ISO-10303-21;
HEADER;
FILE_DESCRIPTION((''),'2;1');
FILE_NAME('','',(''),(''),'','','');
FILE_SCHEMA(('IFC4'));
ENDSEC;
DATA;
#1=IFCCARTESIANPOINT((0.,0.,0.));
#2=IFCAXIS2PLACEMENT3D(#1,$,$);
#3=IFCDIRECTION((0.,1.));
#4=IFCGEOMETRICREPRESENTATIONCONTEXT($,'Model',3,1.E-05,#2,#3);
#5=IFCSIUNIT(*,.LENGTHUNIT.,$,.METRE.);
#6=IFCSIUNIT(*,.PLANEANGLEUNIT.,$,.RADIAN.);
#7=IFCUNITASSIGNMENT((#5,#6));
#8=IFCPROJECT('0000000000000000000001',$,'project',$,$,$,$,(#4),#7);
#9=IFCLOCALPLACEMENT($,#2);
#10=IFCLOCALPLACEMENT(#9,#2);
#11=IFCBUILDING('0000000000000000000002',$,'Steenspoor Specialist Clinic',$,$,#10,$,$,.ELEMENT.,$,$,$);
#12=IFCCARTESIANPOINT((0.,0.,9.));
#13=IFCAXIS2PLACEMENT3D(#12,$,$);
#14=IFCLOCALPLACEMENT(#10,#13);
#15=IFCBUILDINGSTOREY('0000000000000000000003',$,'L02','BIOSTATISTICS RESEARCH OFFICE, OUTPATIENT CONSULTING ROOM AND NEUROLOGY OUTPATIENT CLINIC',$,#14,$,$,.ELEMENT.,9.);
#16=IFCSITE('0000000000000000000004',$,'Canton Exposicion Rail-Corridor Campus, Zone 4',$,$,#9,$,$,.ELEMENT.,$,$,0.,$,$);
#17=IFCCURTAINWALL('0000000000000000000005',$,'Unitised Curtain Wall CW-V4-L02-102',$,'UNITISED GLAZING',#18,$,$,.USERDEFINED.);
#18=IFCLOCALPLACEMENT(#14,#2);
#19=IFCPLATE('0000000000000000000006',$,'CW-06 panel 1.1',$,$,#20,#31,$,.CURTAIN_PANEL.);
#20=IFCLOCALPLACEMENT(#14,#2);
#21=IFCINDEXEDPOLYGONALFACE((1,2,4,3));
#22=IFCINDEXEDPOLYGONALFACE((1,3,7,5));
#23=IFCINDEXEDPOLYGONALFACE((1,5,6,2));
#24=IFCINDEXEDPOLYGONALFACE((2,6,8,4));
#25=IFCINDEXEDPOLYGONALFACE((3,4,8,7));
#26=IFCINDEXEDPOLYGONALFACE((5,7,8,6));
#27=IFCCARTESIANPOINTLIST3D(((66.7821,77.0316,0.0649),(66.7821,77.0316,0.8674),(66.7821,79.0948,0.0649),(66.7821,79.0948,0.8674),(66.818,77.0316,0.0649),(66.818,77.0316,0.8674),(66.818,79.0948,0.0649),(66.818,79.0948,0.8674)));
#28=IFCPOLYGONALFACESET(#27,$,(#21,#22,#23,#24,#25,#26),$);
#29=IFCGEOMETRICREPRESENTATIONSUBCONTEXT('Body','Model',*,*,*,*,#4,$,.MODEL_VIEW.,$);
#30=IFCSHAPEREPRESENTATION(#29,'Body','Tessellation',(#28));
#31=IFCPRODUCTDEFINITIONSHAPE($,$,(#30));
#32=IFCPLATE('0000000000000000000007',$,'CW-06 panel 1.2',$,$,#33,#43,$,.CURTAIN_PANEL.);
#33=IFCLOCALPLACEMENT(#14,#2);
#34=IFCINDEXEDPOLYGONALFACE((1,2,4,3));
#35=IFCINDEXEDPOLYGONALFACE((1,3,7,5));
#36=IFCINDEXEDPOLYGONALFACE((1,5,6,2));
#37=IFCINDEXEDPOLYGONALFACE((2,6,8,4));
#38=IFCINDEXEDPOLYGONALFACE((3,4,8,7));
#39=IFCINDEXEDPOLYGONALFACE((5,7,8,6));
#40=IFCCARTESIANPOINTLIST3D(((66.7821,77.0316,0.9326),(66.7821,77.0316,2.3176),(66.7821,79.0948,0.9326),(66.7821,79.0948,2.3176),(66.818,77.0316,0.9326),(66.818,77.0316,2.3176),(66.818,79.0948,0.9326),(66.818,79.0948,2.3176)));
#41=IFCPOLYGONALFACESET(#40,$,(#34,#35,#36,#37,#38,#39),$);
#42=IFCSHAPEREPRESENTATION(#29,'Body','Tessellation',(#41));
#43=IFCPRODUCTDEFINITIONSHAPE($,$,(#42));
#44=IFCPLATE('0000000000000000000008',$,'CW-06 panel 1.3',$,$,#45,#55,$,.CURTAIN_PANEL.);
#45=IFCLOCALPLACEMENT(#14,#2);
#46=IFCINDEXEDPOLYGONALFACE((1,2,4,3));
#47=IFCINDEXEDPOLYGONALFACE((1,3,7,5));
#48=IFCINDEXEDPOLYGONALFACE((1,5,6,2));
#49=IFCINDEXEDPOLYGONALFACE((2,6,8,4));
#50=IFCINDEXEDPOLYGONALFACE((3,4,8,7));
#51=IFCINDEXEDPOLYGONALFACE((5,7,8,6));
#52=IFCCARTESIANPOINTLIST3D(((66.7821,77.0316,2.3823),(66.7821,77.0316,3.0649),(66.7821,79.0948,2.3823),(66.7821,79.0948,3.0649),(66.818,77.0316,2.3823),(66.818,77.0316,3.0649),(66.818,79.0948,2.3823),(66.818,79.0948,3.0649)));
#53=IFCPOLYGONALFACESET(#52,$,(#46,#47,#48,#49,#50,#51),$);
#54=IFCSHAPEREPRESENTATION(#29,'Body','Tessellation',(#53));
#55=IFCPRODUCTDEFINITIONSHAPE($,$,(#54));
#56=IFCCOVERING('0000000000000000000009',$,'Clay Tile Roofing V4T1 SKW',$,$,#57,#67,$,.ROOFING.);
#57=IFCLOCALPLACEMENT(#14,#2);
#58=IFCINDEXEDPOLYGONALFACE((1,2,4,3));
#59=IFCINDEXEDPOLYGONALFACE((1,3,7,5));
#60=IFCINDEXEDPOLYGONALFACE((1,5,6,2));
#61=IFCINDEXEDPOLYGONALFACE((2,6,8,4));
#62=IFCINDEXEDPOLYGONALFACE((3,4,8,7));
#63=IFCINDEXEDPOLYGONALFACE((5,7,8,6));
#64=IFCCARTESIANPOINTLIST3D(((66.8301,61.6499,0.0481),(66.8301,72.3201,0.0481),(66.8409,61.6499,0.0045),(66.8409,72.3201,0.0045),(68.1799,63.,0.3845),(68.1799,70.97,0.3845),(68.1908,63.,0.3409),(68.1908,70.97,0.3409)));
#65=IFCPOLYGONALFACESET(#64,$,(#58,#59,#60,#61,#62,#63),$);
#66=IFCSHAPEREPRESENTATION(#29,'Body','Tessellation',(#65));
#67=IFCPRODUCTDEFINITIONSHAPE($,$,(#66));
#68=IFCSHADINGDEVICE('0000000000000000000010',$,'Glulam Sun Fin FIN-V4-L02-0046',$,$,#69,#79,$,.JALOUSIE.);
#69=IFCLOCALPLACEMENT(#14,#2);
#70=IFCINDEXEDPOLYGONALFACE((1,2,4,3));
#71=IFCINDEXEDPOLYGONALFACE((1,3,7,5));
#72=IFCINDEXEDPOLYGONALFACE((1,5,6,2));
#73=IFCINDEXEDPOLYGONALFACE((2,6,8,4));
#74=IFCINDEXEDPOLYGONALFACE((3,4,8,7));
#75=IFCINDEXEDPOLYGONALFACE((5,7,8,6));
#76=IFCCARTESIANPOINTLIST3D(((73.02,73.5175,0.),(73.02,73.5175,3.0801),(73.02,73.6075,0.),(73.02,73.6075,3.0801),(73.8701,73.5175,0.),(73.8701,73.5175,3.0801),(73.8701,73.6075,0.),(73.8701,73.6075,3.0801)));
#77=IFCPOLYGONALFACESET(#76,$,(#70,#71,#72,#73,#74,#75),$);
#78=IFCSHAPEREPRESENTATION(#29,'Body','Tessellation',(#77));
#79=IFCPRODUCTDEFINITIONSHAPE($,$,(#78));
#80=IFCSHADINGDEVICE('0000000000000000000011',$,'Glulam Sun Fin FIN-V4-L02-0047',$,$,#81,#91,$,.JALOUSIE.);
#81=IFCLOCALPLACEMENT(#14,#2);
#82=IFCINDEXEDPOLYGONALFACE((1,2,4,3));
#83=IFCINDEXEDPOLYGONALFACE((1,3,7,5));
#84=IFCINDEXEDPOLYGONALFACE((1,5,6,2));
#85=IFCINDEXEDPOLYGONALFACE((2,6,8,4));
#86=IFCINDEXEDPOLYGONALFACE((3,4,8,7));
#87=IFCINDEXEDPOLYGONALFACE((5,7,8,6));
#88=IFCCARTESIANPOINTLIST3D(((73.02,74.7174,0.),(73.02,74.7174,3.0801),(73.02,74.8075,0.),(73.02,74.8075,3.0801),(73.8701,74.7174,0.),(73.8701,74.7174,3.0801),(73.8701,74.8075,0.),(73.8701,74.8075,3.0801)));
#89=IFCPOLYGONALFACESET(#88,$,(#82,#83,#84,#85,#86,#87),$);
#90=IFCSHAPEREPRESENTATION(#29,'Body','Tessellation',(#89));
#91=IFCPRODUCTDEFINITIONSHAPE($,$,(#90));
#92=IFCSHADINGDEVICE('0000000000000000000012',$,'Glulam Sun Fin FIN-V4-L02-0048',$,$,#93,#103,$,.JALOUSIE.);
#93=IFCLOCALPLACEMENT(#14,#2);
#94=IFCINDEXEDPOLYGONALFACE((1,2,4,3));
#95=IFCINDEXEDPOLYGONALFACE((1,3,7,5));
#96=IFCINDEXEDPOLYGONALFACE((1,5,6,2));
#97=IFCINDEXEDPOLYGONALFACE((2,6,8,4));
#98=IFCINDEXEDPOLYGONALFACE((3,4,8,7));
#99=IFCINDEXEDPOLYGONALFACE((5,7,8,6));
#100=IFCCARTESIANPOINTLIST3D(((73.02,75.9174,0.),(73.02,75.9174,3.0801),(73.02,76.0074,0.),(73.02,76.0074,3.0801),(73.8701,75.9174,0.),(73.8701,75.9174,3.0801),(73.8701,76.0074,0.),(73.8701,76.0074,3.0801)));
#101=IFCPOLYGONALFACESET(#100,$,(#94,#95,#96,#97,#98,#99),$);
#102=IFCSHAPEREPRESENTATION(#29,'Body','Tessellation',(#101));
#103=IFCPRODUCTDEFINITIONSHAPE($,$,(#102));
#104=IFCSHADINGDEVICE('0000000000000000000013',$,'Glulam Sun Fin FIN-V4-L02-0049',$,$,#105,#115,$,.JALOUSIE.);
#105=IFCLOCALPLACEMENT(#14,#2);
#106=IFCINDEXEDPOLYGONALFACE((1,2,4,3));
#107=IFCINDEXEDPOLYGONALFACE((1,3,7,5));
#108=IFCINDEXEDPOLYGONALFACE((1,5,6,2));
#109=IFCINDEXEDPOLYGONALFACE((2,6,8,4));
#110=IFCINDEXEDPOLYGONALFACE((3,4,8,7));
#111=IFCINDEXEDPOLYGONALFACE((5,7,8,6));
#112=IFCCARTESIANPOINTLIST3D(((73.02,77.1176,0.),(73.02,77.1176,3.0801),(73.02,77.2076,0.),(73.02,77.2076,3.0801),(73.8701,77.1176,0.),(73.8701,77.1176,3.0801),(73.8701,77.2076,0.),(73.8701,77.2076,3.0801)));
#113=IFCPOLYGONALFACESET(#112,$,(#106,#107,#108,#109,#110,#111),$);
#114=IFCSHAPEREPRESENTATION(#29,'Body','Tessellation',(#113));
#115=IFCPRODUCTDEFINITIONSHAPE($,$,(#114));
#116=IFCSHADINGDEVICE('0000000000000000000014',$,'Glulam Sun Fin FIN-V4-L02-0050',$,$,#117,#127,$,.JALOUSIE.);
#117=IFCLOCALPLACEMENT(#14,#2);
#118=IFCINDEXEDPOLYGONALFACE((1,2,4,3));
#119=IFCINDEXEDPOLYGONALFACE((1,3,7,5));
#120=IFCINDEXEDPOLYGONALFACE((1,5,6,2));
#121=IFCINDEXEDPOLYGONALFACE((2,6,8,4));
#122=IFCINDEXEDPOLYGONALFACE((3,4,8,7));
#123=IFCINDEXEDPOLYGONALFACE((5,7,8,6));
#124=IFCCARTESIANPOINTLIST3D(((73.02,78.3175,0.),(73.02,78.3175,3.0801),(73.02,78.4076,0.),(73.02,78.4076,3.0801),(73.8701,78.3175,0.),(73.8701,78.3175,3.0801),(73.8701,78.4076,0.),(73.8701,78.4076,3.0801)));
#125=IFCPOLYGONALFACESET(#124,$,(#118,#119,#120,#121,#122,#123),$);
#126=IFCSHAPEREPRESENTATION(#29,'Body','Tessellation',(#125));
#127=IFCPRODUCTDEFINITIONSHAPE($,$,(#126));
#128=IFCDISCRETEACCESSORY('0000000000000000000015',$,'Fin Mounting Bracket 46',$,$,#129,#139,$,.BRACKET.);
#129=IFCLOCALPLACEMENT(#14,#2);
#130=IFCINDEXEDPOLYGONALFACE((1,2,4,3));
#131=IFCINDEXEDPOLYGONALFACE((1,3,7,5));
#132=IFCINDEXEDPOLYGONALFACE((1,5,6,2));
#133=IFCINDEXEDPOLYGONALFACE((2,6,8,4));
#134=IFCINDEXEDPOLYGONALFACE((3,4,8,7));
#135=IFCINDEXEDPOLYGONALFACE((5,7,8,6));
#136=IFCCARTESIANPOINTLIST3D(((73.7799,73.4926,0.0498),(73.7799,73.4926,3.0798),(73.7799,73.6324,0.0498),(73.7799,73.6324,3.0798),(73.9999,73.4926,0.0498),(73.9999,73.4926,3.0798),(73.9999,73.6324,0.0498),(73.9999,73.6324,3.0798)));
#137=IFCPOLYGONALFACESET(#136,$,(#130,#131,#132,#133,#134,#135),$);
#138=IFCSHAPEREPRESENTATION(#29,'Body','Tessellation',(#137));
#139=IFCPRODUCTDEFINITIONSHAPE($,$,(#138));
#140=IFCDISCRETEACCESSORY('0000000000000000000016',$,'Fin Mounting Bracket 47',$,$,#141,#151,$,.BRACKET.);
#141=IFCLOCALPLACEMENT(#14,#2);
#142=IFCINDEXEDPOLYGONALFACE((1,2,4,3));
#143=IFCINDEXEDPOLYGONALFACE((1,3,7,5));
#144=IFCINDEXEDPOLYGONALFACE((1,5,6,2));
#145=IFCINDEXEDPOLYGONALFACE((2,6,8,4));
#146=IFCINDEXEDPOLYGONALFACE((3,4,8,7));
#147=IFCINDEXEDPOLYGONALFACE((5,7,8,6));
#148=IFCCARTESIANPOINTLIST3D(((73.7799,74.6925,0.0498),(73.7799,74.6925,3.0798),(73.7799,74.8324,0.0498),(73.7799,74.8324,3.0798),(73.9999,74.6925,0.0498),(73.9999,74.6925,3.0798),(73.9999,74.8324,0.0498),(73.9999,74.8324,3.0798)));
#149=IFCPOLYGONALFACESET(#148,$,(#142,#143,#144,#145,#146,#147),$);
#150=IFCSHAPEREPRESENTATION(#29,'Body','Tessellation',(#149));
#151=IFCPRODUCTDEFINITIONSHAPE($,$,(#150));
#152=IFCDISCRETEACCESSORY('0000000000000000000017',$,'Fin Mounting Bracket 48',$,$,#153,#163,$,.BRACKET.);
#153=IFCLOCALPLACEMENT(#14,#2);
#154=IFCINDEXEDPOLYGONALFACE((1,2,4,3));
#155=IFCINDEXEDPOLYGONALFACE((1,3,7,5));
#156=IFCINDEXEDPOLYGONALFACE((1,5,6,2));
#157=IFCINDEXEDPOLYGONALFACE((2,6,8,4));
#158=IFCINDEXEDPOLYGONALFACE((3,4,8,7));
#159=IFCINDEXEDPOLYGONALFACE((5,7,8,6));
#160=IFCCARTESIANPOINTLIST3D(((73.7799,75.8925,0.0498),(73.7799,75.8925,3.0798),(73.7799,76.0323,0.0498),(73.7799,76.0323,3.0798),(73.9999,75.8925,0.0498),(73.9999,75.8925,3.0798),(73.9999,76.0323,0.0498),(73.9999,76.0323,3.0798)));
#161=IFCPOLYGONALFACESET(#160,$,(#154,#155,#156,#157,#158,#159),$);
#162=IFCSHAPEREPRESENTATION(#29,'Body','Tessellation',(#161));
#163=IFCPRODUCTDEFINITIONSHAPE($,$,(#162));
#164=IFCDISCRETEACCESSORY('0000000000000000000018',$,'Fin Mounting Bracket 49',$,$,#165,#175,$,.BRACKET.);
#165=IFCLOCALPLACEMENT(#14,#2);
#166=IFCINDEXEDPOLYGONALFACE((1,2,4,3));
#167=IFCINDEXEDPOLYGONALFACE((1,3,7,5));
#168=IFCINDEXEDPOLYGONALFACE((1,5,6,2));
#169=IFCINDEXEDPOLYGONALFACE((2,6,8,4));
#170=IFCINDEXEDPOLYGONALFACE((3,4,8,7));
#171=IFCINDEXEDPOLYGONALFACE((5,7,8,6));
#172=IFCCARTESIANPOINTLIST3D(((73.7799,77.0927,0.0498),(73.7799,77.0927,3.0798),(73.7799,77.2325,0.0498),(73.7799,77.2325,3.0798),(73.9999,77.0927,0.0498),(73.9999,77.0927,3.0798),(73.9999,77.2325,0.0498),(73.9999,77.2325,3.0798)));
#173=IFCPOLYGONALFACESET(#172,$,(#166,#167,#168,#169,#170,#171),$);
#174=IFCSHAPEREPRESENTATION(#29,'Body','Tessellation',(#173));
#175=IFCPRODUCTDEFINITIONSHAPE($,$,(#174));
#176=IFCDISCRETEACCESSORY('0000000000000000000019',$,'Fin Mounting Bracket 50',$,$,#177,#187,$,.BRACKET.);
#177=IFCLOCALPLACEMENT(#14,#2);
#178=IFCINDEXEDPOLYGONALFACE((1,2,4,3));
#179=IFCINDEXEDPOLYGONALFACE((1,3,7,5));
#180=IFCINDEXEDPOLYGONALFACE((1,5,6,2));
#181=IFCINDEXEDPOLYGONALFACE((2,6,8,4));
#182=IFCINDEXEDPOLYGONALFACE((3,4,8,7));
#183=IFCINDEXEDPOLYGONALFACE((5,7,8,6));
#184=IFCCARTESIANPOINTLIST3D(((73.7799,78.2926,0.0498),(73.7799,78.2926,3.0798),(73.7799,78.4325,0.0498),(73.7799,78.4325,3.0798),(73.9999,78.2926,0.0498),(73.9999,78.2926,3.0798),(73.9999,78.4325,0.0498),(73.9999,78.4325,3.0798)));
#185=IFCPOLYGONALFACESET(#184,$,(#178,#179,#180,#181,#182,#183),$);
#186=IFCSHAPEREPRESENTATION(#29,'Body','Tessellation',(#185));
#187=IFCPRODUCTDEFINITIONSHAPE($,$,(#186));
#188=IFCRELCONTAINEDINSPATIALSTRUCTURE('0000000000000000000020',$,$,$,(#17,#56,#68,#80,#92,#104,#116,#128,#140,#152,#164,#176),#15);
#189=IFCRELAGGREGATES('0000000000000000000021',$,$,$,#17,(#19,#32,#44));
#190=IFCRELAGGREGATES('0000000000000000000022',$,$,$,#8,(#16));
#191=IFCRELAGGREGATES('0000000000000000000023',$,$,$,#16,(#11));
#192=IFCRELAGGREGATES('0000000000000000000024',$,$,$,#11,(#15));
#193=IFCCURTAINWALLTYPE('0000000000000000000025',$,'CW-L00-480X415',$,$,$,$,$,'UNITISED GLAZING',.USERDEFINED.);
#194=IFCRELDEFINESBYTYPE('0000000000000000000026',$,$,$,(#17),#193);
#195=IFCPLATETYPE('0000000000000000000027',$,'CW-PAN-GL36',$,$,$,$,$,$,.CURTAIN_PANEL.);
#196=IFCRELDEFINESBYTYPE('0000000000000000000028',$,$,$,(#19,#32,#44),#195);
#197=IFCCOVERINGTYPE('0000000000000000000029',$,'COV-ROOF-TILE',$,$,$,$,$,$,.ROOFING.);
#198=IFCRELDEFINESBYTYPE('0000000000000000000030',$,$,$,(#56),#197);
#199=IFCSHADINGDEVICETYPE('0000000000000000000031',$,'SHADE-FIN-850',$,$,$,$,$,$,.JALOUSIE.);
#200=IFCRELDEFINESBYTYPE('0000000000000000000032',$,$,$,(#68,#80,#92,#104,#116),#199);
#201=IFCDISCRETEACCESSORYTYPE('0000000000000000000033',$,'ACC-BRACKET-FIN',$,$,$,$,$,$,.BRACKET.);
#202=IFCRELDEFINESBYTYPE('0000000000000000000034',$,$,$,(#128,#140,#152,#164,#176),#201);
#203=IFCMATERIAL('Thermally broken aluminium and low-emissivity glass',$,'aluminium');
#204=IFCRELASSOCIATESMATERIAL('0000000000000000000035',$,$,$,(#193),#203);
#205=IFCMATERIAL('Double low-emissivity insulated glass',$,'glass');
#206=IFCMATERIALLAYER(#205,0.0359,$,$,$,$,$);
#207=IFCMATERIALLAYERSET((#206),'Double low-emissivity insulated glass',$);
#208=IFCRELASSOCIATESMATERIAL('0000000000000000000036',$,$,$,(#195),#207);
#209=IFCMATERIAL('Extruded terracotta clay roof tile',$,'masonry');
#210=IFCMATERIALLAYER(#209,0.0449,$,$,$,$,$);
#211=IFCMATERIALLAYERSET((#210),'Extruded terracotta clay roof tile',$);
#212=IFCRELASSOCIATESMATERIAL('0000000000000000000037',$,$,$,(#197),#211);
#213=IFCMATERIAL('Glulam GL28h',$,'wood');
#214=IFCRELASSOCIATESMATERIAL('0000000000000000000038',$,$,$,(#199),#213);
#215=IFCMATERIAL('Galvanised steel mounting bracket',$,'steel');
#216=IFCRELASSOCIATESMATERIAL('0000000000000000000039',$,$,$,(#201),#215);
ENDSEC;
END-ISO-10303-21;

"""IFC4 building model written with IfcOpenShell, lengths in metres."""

from ifc_helpers import new_model, si_unit, direction, frame, origin, origin_2d, place, context, subcontext, project, spatial, polyline, rectangle, outline, extrude, material, layer, layer_set, material_profile, profile_set, type_object, element, aggregate, save


model = new_model("IFC4")

# Units and contexts
model_context = context("Model", 3, precision=1e-05, world=origin(), true_north=direction((0.0, 1.0)))
body_context = subcontext(model_context, "Body", "Model", "MODEL_VIEW")
ifc_project = project(units=[si_unit("LENGTHUNIT", "METRE"), si_unit("PLANEANGLEUNIT", "RADIAN")], contexts=[model_context])

# Site, building, storey
site_placement = place(None, origin())
site = spatial("IfcSite", under=ifc_project, at=site_placement, Name="Canton Exposicion Rail-Corridor Campus, Zone 4", CompositionType="ELEMENT", RefElevation=0.0)
building_placement = place(site_placement, origin())
building = spatial("IfcBuilding", under=site, at=building_placement, Name="Steenspoor Specialist Clinic", CompositionType="ELEMENT")
storey_placement = place(building_placement, frame((0.0, 0.0, 9.0)))
storey = spatial("IfcBuildingStorey", under=building, at=storey_placement, Name="L02", Description="BIOSTATISTICS RESEARCH OFFICE, OUTPATIENT CONSULTING ROOM AND NEUROLOGY OUTPATIENT CLINIC", CompositionType="ELEMENT", Elevation=9.0)

# Curtain wall
ifc_material_1 = material(Name="Thermally broken aluminium and low-emissivity glass", Category="aluminium")
curtain_wall_type = type_object("IfcCurtainWallType", Name="CW-L00-480X415", ElementType="UNITISED GLAZING", PredefinedType="USERDEFINED", material=ifc_material_1)
curtain_wall_placement = place(storey_placement, origin())
curtain_wall = element("IfcCurtainWall", 1, at=curtain_wall_placement, inside=storey, type_object=curtain_wall_type, Name="Unitised Curtain Wall CW-V4-L02-102", ObjectType="UNITISED GLAZING", PredefinedType="USERDEFINED")

# Plates
ifc_material_2 = material(Name="Double low-emissivity insulated glass", Category="glass")
ifc_layer_1 = layer(ifc_material_2, 0.0359)
ifc_layer_set_1 = layer_set([ifc_layer_1], Name="Double low-emissivity insulated glass")
plate_type = type_object("IfcPlateType", Name="CW-PAN-GL36", PredefinedType="CURTAIN_PANEL", material=ifc_layer_set_1)
plate_1_placement = place(storey_placement, frame((66.8, 78.0632, 0.0649), z_axis=(0.0, 0.0, 1.0), x_axis=(0.0, -1.0, 0.0)))
plate_1 = element("IfcPlate", 2, at=plate_1_placement, type_object=plate_type, Name="CW-06 panel 1.1", PredefinedType="CURTAIN_PANEL", context=body_context, shape_type="SweptSolid", body=[
    extrude(rectangle(XDim=2.0632, YDim=0.0359, at=origin_2d()), origin(), (0.0, 0.0, 1.0), 0.8025),
])
plate_2_placement = place(storey_placement, frame((66.8, 78.0632, 0.9326), z_axis=(0.0, 0.0, 1.0), x_axis=(0.0, -1.0, 0.0)))
plate_2 = element("IfcPlate", 3, at=plate_2_placement, type_object=plate_type, Name="CW-06 panel 1.2", PredefinedType="CURTAIN_PANEL", context=body_context, shape_type="SweptSolid", body=[
    extrude(rectangle(XDim=2.0632, YDim=0.0359, at=origin_2d()), origin(), (0.0, 0.0, 1.0), 1.385),
])
plate_3_placement = place(storey_placement, frame((66.8, 78.0632, 2.3823), z_axis=(0.0, 0.0, 1.0), x_axis=(0.0, -1.0, 0.0)))
plate_3 = element("IfcPlate", 4, at=plate_3_placement, type_object=plate_type, Name="CW-06 panel 1.3", PredefinedType="CURTAIN_PANEL", context=body_context, shape_type="SweptSolid", body=[
    extrude(rectangle(XDim=2.0632, YDim=0.0359, at=origin_2d()), origin(), (0.0, 0.0, 1.0), 0.6826),
])
aggregate(curtain_wall, [plate_1, plate_2, plate_3])

# Covering
ifc_material_3 = material(Name="Extruded terracotta clay roof tile", Category="masonry")
ifc_layer_2 = layer(ifc_material_3, 0.0449)
ifc_layer_set_2 = layer_set([ifc_layer_2], Name="Extruded terracotta clay roof tile")
covering_type = type_object("IfcCoveringType", Name="COV-ROOF-TILE", PredefinedType="ROOFING", material=ifc_layer_set_2)
covering_placement = place(storey_placement, frame((66.8301, 72.3201, 0.0481), z_axis=(-0.241834, 0.0, 0.970318), x_axis=(0.0, -1.0, 0.0)))
element("IfcCovering", 5, at=covering_placement, inside=storey, type_object=covering_type, Name="Clay Tile Roofing V4T1 SKW", PredefinedType="ROOFING", context=body_context, shape_type="SweptSolid", body=[
    extrude(outline(polyline([(0.0, 0.0), (10.6702, 0.0), (9.3201, 1.3911), (1.3501, 1.3911), (0.0, 0.0)])), origin(), (0.0, 0.0, -1.0), 0.0449),
])

# Shading devices
ifc_material_4 = material(Name="Glulam GL28h", Category="wood")
ifc_material_profile_1 = material_profile(ifc_material_4, rectangle(XDim=0.0901, YDim=0.8501, at=origin_2d()), Name="GL28H-90X850")
ifc_profile_set_1 = profile_set([ifc_material_profile_1], Name="Glulam GL28h")
shading_device_type = type_object("IfcShadingDeviceType", Name="SHADE-FIN-850", PredefinedType="JALOUSIE", material=ifc_profile_set_1)
for number, where, z_axis, x_axis, name in (
    (6, (73.4451, 73.5625, 0.0), (0.0, 0.0, 1.0), (0.0, 1.0, 0.0), "Glulam Sun Fin FIN-V4-L02-0046"),
    (7, (73.4451, 74.7625, 0.0), (0.0, 0.0, 1.0), (0.0, 1.0, 0.0), "Glulam Sun Fin FIN-V4-L02-0047"),
    (8, (73.4451, 75.9624, 0.0), (0.0, 0.0, 1.0), (0.0, 1.0, 0.0), "Glulam Sun Fin FIN-V4-L02-0048"),
    (9, (73.4451, 77.1626, 0.0), (0.0, 0.0, 1.0), (0.0, 1.0, 0.0), "Glulam Sun Fin FIN-V4-L02-0049"),
    (10, (73.4451, 78.3625, 0.0), (0.0, 0.0, 1.0), (0.0, 1.0, 0.0), "Glulam Sun Fin FIN-V4-L02-0050"),
):
    element("IfcShadingDevice", number, at=place(storey_placement, frame(where, z_axis=z_axis, x_axis=x_axis)), inside=storey, type_object=shading_device_type, Name=name, PredefinedType="JALOUSIE", context=body_context, shape_type="SweptSolid", body=[
        extrude(rectangle(XDim=0.0901, YDim=0.8501, at=origin_2d()), origin(), (0.0, 0.0, 1.0), 3.0801),
    ])

# Discrete accessories
ifc_material_5 = material(Name="Galvanised steel mounting bracket", Category="steel")
discrete_accessory_type = type_object("IfcDiscreteAccessoryType", Name="ACC-BRACKET-FIN", PredefinedType="BRACKET", material=ifc_material_5)
for number, where, z_axis, x_axis, name in (
    (11, (73.8899, 73.5625, 0.0498), (0.0, 0.0, 1.0), (-1.0, 0.0, 0.0), "Fin Mounting Bracket 46"),
    (12, (73.8899, 74.7625, 0.0498), (0.0, 0.0, 1.0), (-1.0, 0.0, 0.0), "Fin Mounting Bracket 47"),
    (13, (73.8899, 75.9624, 0.0498), (0.0, 0.0, 1.0), (-1.0, 0.0, 0.0), "Fin Mounting Bracket 48"),
    (14, (73.8899, 77.1626, 0.0498), (0.0, 0.0, 1.0), (-1.0, 0.0, 0.0), "Fin Mounting Bracket 49"),
    (15, (73.8899, 78.3625, 0.0498), (0.0, 0.0, 1.0), (-1.0, 0.0, 0.0), "Fin Mounting Bracket 50"),
):
    element("IfcDiscreteAccessory", number, at=place(storey_placement, frame(where, z_axis=z_axis, x_axis=x_axis)), inside=storey, type_object=discrete_accessory_type, Name=name, PredefinedType="BRACKET", context=body_context, shape_type="SweptSolid", body=[
        extrude(rectangle(XDim=0.22, YDim=0.1399, at=origin_2d()), origin(), (0.0, 0.0, 1.0), 3.03),
    ])

save(model, "model.ifc")
